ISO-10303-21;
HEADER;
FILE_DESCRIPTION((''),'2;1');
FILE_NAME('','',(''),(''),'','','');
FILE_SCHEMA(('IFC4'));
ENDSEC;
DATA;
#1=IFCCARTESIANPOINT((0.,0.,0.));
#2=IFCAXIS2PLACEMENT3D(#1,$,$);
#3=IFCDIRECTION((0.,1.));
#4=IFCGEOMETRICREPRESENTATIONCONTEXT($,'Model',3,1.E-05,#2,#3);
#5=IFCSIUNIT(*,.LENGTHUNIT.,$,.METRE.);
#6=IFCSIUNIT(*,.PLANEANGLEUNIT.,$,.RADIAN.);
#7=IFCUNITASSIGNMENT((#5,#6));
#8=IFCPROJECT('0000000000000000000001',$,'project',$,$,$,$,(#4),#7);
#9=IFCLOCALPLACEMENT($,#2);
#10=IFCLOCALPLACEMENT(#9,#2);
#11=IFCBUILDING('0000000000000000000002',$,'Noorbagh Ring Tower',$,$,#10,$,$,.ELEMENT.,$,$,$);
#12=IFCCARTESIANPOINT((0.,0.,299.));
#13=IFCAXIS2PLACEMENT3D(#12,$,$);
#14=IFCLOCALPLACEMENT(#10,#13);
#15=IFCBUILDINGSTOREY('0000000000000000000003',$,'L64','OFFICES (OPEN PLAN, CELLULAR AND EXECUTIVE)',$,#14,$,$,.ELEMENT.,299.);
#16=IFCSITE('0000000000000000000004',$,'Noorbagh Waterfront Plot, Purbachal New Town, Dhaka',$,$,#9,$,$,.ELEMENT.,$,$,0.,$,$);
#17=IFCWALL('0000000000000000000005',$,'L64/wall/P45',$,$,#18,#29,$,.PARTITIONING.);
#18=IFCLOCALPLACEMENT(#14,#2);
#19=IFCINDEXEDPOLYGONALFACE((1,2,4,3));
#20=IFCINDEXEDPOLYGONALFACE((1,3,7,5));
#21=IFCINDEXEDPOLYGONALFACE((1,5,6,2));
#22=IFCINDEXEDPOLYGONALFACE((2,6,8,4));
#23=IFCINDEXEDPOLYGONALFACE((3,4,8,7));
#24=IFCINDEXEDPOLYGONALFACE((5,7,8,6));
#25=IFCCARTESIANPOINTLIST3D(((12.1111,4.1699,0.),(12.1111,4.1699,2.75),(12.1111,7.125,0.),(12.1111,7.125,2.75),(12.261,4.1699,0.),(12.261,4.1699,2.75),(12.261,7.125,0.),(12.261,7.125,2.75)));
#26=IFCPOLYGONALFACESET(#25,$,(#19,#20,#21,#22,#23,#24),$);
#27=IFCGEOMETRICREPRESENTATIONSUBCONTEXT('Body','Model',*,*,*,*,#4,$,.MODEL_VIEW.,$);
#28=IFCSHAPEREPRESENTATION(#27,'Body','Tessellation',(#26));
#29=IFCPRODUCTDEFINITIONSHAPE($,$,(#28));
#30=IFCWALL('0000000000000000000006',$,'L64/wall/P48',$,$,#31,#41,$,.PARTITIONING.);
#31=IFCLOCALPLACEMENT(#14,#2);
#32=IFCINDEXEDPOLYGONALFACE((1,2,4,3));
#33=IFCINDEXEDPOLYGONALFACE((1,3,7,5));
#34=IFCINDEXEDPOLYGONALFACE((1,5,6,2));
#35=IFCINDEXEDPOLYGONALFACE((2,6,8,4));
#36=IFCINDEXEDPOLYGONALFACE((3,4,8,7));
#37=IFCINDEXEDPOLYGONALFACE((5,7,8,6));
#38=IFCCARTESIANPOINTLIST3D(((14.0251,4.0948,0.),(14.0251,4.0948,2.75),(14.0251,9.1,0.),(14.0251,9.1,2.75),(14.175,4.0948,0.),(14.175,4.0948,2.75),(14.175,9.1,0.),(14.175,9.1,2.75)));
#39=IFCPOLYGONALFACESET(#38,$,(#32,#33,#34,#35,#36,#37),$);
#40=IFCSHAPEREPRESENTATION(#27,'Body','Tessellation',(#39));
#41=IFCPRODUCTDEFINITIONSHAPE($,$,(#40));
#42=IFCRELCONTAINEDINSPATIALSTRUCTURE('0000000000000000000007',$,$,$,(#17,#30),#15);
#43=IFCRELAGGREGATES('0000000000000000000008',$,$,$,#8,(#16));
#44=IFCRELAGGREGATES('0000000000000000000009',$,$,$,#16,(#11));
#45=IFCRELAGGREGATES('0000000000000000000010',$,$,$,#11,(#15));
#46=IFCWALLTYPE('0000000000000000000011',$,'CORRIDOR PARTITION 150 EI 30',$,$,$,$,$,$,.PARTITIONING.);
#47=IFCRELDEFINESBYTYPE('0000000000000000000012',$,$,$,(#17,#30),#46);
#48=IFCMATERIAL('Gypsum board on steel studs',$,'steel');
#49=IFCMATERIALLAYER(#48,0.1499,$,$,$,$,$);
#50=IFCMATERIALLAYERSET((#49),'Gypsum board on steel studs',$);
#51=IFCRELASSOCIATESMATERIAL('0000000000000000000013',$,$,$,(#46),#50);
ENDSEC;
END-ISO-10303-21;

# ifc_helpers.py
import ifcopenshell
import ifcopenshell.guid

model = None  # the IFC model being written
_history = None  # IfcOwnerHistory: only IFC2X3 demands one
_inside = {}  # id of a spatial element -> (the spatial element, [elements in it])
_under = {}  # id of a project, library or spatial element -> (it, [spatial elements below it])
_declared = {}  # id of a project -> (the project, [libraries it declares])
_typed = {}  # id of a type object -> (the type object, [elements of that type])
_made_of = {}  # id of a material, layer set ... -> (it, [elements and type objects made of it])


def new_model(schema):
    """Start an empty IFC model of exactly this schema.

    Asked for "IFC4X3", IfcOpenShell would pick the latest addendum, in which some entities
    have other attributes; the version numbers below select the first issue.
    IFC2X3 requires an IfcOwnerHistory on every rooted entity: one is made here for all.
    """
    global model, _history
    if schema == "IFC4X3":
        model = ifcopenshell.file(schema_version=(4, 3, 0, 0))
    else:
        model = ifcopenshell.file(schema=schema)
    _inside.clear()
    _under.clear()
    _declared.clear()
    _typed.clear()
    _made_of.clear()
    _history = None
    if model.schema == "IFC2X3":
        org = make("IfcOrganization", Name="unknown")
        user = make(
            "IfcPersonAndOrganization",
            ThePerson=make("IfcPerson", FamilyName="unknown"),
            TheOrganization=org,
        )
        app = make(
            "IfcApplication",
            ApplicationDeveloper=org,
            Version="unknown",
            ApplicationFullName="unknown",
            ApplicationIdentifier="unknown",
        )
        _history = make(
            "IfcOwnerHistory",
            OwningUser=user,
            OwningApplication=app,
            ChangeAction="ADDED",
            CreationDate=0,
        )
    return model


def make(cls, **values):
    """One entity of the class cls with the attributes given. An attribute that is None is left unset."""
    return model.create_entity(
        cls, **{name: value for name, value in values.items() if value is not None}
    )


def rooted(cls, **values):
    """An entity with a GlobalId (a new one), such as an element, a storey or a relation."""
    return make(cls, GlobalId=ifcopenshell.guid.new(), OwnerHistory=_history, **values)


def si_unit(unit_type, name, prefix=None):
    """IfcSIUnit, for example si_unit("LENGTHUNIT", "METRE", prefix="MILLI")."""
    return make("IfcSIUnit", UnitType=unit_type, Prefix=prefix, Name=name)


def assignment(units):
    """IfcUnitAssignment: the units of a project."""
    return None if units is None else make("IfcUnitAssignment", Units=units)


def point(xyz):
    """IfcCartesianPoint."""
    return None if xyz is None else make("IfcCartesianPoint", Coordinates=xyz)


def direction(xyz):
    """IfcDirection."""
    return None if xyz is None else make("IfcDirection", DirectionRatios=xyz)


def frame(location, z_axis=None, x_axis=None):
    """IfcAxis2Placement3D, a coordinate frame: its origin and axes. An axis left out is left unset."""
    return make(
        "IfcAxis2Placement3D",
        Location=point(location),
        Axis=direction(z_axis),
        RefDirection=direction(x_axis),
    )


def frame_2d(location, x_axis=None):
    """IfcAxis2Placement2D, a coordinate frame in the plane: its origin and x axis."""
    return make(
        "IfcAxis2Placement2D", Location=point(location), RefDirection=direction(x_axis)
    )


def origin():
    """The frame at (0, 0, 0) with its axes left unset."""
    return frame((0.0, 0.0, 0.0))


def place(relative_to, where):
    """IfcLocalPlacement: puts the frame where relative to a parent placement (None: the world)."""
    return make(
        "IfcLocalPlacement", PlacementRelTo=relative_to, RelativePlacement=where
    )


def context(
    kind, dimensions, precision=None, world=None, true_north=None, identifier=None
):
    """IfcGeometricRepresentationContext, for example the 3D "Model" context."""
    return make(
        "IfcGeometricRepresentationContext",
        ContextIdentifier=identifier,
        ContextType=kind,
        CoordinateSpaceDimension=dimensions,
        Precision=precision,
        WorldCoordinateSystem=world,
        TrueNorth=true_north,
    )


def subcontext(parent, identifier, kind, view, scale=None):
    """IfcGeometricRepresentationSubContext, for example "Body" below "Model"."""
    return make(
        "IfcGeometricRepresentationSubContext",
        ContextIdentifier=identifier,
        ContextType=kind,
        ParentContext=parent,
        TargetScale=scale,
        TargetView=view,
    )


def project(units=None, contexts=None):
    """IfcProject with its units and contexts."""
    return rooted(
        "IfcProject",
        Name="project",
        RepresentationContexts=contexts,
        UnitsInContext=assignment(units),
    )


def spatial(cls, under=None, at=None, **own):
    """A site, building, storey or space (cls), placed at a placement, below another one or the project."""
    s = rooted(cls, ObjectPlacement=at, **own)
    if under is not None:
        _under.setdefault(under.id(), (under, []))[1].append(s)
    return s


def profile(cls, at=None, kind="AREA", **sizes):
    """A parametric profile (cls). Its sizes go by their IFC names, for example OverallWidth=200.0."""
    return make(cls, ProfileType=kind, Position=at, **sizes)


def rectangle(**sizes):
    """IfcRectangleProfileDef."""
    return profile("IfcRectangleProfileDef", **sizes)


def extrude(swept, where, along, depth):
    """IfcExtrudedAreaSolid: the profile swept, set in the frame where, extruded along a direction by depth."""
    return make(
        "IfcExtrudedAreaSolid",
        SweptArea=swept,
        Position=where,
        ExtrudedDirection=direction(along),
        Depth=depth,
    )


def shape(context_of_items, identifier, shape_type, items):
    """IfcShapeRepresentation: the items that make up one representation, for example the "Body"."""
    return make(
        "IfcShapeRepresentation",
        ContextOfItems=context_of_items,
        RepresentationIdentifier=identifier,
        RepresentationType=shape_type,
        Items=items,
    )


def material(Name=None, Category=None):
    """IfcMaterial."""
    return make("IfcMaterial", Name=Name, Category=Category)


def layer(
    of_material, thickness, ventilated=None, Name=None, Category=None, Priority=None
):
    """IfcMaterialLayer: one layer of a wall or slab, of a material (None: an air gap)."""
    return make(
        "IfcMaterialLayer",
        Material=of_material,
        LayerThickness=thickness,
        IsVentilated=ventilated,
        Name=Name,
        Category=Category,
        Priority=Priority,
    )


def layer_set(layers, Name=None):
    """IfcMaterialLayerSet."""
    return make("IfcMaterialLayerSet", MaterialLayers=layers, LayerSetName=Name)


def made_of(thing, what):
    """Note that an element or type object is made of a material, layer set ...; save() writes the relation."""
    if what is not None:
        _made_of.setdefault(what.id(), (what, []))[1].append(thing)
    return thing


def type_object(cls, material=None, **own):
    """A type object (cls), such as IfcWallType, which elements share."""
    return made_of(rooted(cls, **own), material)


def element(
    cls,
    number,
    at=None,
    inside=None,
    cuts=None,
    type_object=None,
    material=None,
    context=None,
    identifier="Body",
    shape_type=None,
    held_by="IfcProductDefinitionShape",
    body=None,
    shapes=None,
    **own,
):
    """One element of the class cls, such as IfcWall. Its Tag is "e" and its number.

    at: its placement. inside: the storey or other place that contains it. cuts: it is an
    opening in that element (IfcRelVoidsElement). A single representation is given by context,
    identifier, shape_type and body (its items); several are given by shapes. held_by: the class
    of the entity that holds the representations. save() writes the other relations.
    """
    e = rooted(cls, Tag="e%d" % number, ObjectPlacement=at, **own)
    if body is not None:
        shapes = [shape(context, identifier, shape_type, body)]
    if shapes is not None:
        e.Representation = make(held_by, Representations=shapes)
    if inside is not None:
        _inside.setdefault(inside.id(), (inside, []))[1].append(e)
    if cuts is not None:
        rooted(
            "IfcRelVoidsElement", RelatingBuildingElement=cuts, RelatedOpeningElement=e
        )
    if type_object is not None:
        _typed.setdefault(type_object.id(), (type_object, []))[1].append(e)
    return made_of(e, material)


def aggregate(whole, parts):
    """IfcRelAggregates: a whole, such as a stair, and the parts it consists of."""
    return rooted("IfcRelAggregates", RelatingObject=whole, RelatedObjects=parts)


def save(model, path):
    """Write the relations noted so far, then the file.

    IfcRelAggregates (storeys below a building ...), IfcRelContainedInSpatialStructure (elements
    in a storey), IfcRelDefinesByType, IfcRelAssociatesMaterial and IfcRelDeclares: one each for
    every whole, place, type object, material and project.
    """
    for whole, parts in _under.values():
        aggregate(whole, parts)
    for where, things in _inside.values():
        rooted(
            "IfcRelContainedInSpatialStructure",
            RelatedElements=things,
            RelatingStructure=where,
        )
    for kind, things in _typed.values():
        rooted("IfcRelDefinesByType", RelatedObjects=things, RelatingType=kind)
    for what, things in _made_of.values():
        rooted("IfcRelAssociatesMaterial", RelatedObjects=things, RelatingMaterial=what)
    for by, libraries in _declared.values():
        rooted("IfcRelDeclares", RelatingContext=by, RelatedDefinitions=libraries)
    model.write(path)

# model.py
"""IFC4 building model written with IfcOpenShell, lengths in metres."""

from ifc_helpers import new_model, si_unit, direction, frame, frame_2d, origin, place, context, subcontext, project, spatial, rectangle, extrude, material, layer, layer_set, type_object, element, save


model = new_model("IFC4")

# Units and contexts
model_context = context("Model", 3, precision=1e-05, world=origin(), true_north=direction((0.0, 1.0)))
body_context = subcontext(model_context, "Body", "Model", "MODEL_VIEW")
ifc_project = project(units=[si_unit("LENGTHUNIT", "METRE"), si_unit("PLANEANGLEUNIT", "RADIAN")], contexts=[model_context])

# Site, building, storey
site_placement = place(None, origin())
site = spatial("IfcSite", under=ifc_project, at=site_placement, Name="Noorbagh Waterfront Plot, Purbachal New Town, Dhaka", CompositionType="ELEMENT", RefElevation=0.0)
building_placement = place(site_placement, origin())
building = spatial("IfcBuilding", under=site, at=building_placement, Name="Noorbagh Ring Tower", CompositionType="ELEMENT")
storey_placement = place(building_placement, frame((0.0, 0.0, 299.0)))
storey = spatial("IfcBuildingStorey", under=building, at=storey_placement, Name="L64", Description="OFFICES (OPEN PLAN, CELLULAR AND EXECUTIVE)", CompositionType="ELEMENT", Elevation=299.0)

# Shared definitions
ifc_material_1 = material(Name="Gypsum board on steel studs", Category="steel")
ifc_layer_1 = layer(ifc_material_1, 0.1499)
ifc_layer_set_1 = layer_set([ifc_layer_1], Name="Gypsum board on steel studs")
wall_type_1 = type_object("IfcWallType", Name="CORRIDOR PARTITION 150 EI 30", PredefinedType="PARTITIONING", material=ifc_layer_set_1)

# Walls
for number, where, z_axis, x_axis, name in (
    (1, (12.186, 4.1699, 0.0), (0.0, 0.0, 1.0), (0.0, 1.0, 0.0), "L64/wall/P45"),
):
    element("IfcWall", number, at=place(storey_placement, frame(where, z_axis=z_axis, x_axis=x_axis)), inside=storey, type_object=wall_type_1, Name=name, PredefinedType="PARTITIONING", context=body_context, shape_type="SweptSolid", body=[
        extrude(rectangle(XDim=2.9551, YDim=0.1499, at=frame_2d((1.4775, 0.0))), origin(), (0.0, 0.0, 1.0), 2.75),
    ])
wall_1_placement = place(storey_placement, frame((14.1001, 4.095, 0.0), z_axis=(0.0, 0.0, 1.0), x_axis=(0.0, 1.0, 0.0)))
element("IfcWall", 2, at=wall_1_placement, inside=storey, type_object=wall_type_1, Name="L64/wall/P48", PredefinedType="PARTITIONING", context=body_context, shape_type="SweptSolid", body=[
    extrude(rectangle(XDim=5.0051, YDim=0.1499, at=frame_2d((2.5024, 0.0))), origin(), (0.0, 0.0, 1.0), 2.75),
])

save(model, "model.ifc")
